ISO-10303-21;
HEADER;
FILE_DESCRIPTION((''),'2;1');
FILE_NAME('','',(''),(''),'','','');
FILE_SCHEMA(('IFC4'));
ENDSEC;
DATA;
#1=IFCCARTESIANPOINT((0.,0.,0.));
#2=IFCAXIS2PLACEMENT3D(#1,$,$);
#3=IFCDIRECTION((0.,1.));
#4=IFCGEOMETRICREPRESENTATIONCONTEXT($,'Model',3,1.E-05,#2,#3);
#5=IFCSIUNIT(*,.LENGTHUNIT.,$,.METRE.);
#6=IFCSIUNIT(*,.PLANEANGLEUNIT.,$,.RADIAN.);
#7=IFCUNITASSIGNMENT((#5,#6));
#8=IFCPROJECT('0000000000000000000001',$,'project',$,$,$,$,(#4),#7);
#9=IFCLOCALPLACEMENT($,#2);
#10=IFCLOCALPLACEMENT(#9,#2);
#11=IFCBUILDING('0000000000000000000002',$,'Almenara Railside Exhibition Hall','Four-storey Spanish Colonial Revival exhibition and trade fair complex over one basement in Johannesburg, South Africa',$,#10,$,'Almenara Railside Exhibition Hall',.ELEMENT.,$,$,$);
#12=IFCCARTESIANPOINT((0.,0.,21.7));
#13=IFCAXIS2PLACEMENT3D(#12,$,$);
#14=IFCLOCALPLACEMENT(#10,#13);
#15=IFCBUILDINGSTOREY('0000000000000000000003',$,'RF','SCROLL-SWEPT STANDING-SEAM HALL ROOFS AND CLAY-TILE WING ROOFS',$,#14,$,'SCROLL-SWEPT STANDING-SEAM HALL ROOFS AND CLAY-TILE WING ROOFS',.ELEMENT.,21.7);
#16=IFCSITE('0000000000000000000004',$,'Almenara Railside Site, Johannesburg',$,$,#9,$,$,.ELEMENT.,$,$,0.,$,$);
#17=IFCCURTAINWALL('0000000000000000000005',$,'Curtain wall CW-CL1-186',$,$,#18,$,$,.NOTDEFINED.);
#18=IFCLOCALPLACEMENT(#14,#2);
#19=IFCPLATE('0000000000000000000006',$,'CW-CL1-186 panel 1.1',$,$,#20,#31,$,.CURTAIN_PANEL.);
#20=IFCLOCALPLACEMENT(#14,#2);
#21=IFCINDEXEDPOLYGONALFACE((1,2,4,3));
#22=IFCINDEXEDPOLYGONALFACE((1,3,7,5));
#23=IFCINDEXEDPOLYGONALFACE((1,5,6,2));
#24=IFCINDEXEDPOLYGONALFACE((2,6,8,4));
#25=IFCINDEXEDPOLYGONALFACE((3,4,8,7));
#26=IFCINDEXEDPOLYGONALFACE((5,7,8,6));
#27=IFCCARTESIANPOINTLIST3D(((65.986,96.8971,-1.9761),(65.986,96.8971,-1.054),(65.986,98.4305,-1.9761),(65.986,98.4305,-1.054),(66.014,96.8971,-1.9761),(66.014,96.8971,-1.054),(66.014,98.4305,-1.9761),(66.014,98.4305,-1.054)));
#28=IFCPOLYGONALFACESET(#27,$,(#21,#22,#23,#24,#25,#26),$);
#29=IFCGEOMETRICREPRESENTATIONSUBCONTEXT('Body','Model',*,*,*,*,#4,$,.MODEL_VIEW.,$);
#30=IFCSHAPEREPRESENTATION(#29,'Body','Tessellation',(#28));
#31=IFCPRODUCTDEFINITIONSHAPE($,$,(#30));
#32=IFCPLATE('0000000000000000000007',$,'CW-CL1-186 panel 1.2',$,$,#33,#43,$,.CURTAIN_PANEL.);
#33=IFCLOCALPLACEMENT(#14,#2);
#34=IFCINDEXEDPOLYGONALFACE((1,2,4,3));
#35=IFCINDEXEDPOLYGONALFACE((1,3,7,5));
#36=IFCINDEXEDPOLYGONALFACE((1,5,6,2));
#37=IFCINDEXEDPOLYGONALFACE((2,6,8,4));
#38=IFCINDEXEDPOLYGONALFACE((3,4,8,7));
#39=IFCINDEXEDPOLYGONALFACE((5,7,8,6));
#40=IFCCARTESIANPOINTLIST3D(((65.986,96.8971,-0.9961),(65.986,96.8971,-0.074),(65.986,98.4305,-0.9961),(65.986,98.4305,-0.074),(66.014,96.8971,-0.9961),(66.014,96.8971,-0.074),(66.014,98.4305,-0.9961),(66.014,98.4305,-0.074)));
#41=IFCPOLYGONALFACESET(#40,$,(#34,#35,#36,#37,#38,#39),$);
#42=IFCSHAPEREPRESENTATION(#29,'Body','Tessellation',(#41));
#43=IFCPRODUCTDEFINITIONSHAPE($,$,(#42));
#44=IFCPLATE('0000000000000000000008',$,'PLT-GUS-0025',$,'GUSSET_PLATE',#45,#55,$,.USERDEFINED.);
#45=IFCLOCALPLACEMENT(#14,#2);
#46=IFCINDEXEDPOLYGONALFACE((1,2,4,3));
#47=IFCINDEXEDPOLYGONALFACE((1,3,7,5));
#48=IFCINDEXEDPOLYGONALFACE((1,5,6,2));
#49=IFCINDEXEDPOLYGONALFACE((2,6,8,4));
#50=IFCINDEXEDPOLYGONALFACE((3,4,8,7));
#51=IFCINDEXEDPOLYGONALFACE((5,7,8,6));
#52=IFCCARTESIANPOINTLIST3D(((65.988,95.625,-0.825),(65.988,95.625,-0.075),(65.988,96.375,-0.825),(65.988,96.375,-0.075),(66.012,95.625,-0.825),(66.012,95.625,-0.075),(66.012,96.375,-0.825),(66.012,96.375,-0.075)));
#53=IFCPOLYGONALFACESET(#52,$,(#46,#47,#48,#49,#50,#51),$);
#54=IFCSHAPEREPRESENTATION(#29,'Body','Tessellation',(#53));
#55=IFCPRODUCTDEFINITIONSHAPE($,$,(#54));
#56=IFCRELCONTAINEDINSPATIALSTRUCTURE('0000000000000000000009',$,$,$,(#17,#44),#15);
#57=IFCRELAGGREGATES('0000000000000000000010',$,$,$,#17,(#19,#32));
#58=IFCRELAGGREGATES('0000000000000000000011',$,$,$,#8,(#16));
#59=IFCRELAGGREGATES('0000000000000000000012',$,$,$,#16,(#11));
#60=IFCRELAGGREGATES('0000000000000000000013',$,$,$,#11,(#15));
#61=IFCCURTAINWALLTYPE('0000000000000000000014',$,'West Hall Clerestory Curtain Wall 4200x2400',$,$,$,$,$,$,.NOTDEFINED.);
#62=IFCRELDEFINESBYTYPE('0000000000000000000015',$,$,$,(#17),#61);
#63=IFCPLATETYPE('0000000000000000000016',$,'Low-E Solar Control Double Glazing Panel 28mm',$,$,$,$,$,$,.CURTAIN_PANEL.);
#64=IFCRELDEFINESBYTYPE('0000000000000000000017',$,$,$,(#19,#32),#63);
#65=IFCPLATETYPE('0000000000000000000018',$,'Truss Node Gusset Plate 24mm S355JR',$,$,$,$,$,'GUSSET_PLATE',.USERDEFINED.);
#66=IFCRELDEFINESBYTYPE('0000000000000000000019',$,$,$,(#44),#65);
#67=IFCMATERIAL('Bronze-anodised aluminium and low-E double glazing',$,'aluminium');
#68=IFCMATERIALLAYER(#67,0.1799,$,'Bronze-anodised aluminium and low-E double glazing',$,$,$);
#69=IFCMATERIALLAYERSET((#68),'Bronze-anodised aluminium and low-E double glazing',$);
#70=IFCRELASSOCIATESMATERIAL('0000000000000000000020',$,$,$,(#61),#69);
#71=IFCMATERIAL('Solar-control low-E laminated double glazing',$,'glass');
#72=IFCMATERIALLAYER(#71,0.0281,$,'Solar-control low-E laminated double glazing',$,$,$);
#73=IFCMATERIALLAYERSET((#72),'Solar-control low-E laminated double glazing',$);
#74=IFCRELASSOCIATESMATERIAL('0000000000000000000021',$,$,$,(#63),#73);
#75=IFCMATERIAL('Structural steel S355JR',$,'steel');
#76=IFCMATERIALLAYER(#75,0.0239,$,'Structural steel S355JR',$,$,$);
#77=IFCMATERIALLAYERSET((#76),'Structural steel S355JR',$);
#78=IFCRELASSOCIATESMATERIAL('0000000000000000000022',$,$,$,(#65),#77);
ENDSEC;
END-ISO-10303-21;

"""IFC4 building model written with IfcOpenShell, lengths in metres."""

from ifc_helpers import new_model, si_unit, direction, frame, origin, origin_2d, place, context, subcontext, project, spatial, rectangle, extrude, material, layer, layer_set, type_object, element, aggregate, save


model = new_model("IFC4")

# Units and contexts
model_context = context("Model", 3, precision=1e-05, world=origin(), true_north=direction((0.0, 1.0)))
body_context = subcontext(model_context, "Body", "Model", "MODEL_VIEW")
ifc_project = project(units=[si_unit("LENGTHUNIT", "METRE"), si_unit("PLANEANGLEUNIT", "RADIAN")], contexts=[model_context])

# Site, building, storey
site_placement = place(None, origin())
site = spatial("IfcSite", under=ifc_project, at=site_placement, Name="Almenara Railside Site, Johannesburg", CompositionType="ELEMENT", RefElevation=0.0)
building_placement = place(site_placement, origin())
building = spatial("IfcBuilding", under=site, at=building_placement, Name="Almenara Railside Exhibition Hall", Description="Four-storey Spanish Colonial Revival exhibition and trade fair complex over one basement in Johannesburg, South Africa", LongName="Almenara Railside Exhibition Hall", CompositionType="ELEMENT")
storey_placement = place(building_placement, frame((0.0, 0.0, 21.7)))
storey = spatial("IfcBuildingStorey", under=building, at=storey_placement, Name="RF", Description="SCROLL-SWEPT STANDING-SEAM HALL ROOFS AND CLAY-TILE WING ROOFS", LongName="SCROLL-SWEPT STANDING-SEAM HALL ROOFS AND CLAY-TILE WING ROOFS", CompositionType="ELEMENT", Elevation=21.7)

# Shared definitions
ifc_material_1 = material(Name="Structural steel S355JR", Category="steel")

# Curtain wall
ifc_material_2 = material(Name="Bronze-anodised aluminium and low-E double glazing", Category="aluminium")
ifc_layer_1 = layer(ifc_material_2, 0.1799, Name="Bronze-anodised aluminium and low-E double glazing")
ifc_layer_set_1 = layer_set([ifc_layer_1], Name="Bronze-anodised aluminium and low-E double glazing")
curtain_wall_type = type_object("IfcCurtainWallType", Name="West Hall Clerestory Curtain Wall 4200x2400", PredefinedType="NOTDEFINED", material=ifc_layer_set_1)
curtain_wall_1_placement = place(storey_placement, origin())
curtain_wall_1 = element("IfcCurtainWall", 1, at=curtain_wall_1_placement, inside=storey, type_object=curtain_wall_type, Name="Curtain wall CW-CL1-186", PredefinedType="NOTDEFINED")

# Plates
ifc_material_3 = material(Name="Solar-control low-E laminated double glazing", Category="glass")
ifc_layer_2 = layer(ifc_material_3, 0.0281, Name="Solar-control low-E laminated double glazing")
ifc_layer_set_2 = layer_set([ifc_layer_2], Name="Solar-control low-E laminated double glazing")
plate_type_1 = type_object("IfcPlateType", Name="Low-E Solar Control Double Glazing Panel 28mm", PredefinedType="CURTAIN_PANEL", material=ifc_layer_set_2)
plate_1_placement = place(storey_placement, frame((66.0, 97.6638, -1.9761), z_axis=(0.0, 0.0, 1.0), x_axis=(0.0, 1.0, 0.0)))
plate_1 = element("IfcPlate", 2, at=plate_1_placement, type_object=plate_type_1, Name="CW-CL1-186 panel 1.1", PredefinedType="CURTAIN_PANEL", context=body_context, shape_type="SweptSolid", body=[
    extrude(rectangle(XDim=1.5334, YDim=0.0281, at=origin_2d()), origin(), (0.0, 0.0, 1.0), 0.9221),
])
plate_2_placement = place(storey_placement, frame((66.0, 97.6638, -0.9961), z_axis=(0.0, 0.0, 1.0), x_axis=(0.0, 1.0, 0.0)))
plate_2 = element("IfcPlate", 3, at=plate_2_placement, type_object=plate_type_1, Name="CW-CL1-186 panel 1.2", PredefinedType="CURTAIN_PANEL", context=body_context, shape_type="SweptSolid", body=[
    extrude(rectangle(XDim=1.5334, YDim=0.0281, at=origin_2d()), origin(), (0.0, 0.0, 1.0), 0.9221),
])
aggregate(curtain_wall_1, [plate_1, plate_2])
ifc_layer_3 = layer(ifc_material_1, 0.0239, Name="Structural steel S355JR")
ifc_layer_set_3 = layer_set([ifc_layer_3], Name="Structural steel S355JR")
plate_type_2 = type_object("IfcPlateType", Name="Truss Node Gusset Plate 24mm S355JR", ElementType="GUSSET_PLATE", PredefinedType="USERDEFINED", material=ifc_layer_set_3)
plate_3_placement = place(storey_placement, frame((66.0, 96.0, -0.825), z_axis=(0.0, 0.0, 1.0), x_axis=(0.0, 1.0, 0.0)))
element("IfcPlate", 4, at=plate_3_placement, inside=storey, type_object=plate_type_2, Name="PLT-GUS-0025", ObjectType="GUSSET_PLATE", PredefinedType="USERDEFINED", context=body_context, shape_type="SweptSolid", body=[
    extrude(rectangle(XDim=0.75, YDim=0.0239, at=origin_2d()), origin(), (0.0, 0.0, 1.0), 0.75),
])

save(model, "model.ifc")
